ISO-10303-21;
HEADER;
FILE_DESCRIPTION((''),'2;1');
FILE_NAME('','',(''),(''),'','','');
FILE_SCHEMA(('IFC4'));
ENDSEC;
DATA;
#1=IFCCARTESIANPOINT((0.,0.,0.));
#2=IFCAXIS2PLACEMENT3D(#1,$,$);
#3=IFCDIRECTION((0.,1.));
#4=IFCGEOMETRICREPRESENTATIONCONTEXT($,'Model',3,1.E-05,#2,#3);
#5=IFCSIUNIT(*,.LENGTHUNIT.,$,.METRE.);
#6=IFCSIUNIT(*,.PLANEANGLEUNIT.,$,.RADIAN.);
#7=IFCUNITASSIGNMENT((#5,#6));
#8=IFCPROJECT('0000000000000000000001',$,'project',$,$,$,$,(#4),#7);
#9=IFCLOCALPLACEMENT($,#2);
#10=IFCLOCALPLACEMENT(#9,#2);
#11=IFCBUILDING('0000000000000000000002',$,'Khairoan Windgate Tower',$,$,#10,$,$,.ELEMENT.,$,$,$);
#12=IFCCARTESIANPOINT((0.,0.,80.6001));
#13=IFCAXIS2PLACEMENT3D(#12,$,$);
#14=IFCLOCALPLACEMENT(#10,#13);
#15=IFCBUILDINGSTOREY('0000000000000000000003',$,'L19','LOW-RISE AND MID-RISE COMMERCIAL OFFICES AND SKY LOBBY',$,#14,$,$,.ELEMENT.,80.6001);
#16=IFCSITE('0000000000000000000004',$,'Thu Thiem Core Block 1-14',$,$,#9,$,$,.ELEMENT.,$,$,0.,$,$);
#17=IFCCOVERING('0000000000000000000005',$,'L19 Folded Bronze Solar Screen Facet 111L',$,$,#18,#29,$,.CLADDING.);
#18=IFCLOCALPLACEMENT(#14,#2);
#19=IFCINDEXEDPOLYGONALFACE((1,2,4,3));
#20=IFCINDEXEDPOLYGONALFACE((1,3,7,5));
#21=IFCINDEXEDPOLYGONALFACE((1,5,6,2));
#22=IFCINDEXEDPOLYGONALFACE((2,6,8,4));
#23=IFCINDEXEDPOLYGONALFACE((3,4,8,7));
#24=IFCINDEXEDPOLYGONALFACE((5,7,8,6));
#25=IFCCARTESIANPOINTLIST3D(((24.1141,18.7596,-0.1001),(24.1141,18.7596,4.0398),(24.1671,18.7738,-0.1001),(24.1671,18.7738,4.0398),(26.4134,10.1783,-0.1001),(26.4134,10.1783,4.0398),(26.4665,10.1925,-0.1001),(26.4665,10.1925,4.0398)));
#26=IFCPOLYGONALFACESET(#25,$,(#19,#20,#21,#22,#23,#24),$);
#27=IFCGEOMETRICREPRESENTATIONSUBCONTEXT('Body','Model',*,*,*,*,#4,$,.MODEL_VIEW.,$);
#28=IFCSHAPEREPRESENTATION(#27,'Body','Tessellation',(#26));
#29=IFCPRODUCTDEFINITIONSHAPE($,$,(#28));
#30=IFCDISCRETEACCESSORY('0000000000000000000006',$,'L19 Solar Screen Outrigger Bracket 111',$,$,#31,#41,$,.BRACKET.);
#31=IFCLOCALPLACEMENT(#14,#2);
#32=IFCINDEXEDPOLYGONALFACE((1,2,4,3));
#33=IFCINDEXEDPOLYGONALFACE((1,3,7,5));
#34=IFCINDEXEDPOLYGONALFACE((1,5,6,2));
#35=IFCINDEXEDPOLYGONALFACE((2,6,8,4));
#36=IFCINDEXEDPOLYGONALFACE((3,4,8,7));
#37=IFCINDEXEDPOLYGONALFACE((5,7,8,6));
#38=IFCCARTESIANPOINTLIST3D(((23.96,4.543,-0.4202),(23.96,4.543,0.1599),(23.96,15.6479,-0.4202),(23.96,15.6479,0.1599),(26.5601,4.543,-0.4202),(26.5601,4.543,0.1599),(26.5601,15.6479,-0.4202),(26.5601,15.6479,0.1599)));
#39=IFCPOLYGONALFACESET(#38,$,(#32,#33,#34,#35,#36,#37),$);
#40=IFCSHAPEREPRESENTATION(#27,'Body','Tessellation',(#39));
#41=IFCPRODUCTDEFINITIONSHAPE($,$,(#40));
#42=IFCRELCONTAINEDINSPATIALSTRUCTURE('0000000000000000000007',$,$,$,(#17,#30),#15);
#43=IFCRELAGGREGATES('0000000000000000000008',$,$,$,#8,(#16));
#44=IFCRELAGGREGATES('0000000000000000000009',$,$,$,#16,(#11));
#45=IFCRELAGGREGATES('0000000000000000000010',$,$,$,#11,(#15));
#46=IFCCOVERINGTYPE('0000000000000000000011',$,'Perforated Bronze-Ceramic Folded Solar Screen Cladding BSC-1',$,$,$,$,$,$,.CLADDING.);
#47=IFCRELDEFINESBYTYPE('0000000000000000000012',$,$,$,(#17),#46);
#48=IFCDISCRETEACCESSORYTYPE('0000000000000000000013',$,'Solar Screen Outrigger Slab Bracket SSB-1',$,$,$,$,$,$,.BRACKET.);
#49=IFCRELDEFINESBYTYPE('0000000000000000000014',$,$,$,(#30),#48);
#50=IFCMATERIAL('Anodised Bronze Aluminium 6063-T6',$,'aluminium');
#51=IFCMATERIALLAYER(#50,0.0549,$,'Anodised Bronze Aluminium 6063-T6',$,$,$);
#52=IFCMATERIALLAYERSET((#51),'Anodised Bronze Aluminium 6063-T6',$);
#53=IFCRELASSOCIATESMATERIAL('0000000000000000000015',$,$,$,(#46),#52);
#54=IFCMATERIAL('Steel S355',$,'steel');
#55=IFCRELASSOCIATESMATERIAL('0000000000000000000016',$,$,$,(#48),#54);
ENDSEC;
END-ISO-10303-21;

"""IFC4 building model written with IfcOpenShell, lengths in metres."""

from ifc_helpers import new_model, si_unit, direction, frame, origin, origin_2d, place, context, subcontext, project, spatial, rectangle, extrude, material, layer, layer_set, type_object, element, save


model = new_model("IFC4")

# Units and contexts
model_context = context("Model", 3, precision=1e-05, world=origin(), true_north=direction((0.0, 1.0)))
body_context = subcontext(model_context, "Body", "Model", "MODEL_VIEW")
ifc_project = project(units=[si_unit("LENGTHUNIT", "METRE"), si_unit("PLANEANGLEUNIT", "RADIAN")], contexts=[model_context])

# Site, building, storey
site_placement = place(None, origin())
site = spatial("IfcSite", under=ifc_project, at=site_placement, Name="Thu Thiem Core Block 1-14", CompositionType="ELEMENT", RefElevation=0.0)
building_placement = place(site_placement, origin())
building = spatial("IfcBuilding", under=site, at=building_placement, Name="Khairoan Windgate Tower", CompositionType="ELEMENT")
storey_placement = place(building_placement, frame((0.0, 0.0, 80.6001)))
storey = spatial("IfcBuildingStorey", under=building, at=storey_placement, Name="L19", Description="LOW-RISE AND MID-RISE COMMERCIAL OFFICES AND SKY LOBBY", CompositionType="ELEMENT", Elevation=80.6001)

# Covering
ifc_material_1 = material(Name="Anodised Bronze Aluminium 6063-T6", Category="aluminium")
ifc_layer_1 = layer(ifc_material_1, 0.0549, Name="Anodised Bronze Aluminium 6063-T6")
ifc_layer_set_1 = layer_set([ifc_layer_1], Name="Anodised Bronze Aluminium 6063-T6")
covering_type = type_object("IfcCoveringType", Name="Perforated Bronze-Ceramic Folded Solar Screen Cladding BSC-1", PredefinedType="CLADDING", material=ifc_layer_set_1)
covering_placement = place(storey_placement, frame((25.2903, 14.4761, -0.1001), z_axis=(0.0, 0.0, 1.0), x_axis=(0.258819, -0.965926, 0.0)))
element("IfcCovering", 1, at=covering_placement, inside=storey, type_object=covering_type, Name="L19 Folded Bronze Solar Screen Facet 111L", PredefinedType="CLADDING", context=body_context, shape_type="SweptSolid", body=[
    extrude(rectangle(XDim=8.884, YDim=0.0549, at=origin_2d()), origin(), (0.0, 0.0, 1.0), 4.1399),
])

# Discrete accessory
ifc_material_2 = material(Name="Steel S355", Category="steel")
discrete_accessory_type = type_object("IfcDiscreteAccessoryType", Name="Solar Screen Outrigger Slab Bracket SSB-1", PredefinedType="BRACKET", material=ifc_material_2)
discrete_accessory_placement = place(storey_placement, frame((25.26, 10.0955, -0.4202), z_axis=(0.0, 0.0, 1.0), x_axis=(0.0, -1.0, 0.0)))
element("IfcDiscreteAccessory", 2, at=discrete_accessory_placement, inside=storey, type_object=discrete_accessory_type, Name="L19 Solar Screen Outrigger Bracket 111", PredefinedType="BRACKET", context=body_context, shape_type="SweptSolid", body=[
    extrude(rectangle(XDim=11.105, YDim=2.6001, at=origin_2d()), origin(), (0.0, 0.0, 1.0), 0.5801),
])

save(model, "model.ifc")
